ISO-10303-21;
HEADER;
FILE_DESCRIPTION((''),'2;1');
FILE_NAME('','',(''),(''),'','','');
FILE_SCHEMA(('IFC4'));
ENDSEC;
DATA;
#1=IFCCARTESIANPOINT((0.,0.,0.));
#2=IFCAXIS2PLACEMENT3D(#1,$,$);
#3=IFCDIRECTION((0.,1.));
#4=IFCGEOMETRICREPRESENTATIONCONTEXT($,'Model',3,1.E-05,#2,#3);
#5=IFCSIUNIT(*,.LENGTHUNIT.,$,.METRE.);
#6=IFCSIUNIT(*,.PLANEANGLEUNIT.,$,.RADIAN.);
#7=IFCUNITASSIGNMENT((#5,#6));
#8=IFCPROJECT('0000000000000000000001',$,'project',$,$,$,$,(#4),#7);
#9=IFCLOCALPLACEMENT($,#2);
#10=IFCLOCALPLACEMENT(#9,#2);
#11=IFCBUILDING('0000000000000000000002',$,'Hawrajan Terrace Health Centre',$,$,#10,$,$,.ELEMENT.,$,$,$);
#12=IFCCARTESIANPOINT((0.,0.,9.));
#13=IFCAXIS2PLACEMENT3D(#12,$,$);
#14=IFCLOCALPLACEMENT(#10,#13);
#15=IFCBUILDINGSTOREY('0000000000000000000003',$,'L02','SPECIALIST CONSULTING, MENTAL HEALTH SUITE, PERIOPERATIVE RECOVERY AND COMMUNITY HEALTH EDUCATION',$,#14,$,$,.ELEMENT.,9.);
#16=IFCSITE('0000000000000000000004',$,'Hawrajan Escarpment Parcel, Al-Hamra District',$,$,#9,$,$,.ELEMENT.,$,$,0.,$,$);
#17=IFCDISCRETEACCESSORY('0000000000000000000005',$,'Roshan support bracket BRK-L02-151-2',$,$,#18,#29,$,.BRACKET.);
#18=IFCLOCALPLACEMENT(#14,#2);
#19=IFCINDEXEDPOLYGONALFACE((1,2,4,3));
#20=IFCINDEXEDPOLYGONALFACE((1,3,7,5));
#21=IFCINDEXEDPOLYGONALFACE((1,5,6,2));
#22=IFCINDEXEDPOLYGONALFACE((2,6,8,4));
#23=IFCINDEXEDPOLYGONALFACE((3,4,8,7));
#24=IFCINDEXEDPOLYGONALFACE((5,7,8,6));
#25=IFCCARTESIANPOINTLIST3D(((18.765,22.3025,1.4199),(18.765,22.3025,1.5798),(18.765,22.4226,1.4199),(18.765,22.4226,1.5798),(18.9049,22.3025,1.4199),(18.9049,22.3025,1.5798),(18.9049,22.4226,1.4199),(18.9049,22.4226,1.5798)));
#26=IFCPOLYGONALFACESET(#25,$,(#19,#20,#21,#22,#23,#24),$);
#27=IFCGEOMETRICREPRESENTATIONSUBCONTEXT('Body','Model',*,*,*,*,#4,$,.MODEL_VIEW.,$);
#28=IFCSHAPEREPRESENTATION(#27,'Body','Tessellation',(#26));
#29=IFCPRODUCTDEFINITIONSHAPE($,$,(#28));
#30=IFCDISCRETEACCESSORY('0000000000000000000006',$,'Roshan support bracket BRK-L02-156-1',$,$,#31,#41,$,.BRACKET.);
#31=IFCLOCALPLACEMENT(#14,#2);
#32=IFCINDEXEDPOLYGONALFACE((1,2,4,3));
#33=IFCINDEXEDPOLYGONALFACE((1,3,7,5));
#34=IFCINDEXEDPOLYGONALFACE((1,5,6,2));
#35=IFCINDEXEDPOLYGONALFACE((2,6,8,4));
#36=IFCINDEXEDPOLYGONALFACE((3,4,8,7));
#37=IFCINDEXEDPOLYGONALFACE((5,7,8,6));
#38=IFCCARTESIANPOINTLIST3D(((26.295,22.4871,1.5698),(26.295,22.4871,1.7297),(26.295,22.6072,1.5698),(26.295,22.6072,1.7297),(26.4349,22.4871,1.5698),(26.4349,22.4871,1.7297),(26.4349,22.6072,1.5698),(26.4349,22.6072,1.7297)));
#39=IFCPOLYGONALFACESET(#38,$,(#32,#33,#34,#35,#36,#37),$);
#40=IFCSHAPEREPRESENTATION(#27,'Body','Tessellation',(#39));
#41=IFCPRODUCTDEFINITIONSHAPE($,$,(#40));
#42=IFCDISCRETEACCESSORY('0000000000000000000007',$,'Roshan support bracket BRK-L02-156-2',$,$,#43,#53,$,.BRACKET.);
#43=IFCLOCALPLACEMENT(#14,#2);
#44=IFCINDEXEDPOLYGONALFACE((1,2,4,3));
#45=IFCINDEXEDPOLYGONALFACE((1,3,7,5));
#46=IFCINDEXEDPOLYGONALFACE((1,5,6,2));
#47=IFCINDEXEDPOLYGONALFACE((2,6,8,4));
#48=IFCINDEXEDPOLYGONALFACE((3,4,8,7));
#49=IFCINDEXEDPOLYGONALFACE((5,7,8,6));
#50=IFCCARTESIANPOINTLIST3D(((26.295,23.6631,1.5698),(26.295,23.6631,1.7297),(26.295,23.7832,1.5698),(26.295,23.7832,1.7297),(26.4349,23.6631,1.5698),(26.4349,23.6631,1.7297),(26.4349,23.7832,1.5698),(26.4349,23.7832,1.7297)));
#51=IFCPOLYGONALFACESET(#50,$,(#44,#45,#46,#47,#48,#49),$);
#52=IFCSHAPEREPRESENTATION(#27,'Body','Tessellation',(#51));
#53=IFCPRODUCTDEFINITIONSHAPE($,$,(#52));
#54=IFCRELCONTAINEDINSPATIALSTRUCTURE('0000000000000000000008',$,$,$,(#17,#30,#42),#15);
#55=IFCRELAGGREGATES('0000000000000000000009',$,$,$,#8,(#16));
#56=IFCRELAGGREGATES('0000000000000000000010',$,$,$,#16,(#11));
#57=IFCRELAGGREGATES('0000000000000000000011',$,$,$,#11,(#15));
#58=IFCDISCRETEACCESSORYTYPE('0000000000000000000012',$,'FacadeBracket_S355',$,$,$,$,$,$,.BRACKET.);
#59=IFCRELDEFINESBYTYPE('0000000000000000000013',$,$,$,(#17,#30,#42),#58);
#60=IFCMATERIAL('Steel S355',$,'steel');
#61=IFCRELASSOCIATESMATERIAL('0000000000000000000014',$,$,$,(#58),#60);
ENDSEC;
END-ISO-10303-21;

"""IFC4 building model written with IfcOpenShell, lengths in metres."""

from ifc_helpers import new_model, si_unit, direction, frame, origin, origin_2d, place, context, subcontext, project, spatial, rectangle, extrude, material, type_object, element, save


model = new_model("IFC4")

# Units and contexts
model_context = context("Model", 3, precision=1e-05, world=origin(), true_north=direction((0.0, 1.0)))
body_context = subcontext(model_context, "Body", "Model", "MODEL_VIEW")
ifc_project = project(units=[si_unit("LENGTHUNIT", "METRE"), si_unit("PLANEANGLEUNIT", "RADIAN")], contexts=[model_context])

# Site, building, storey
site_placement = place(None, origin())
site = spatial("IfcSite", under=ifc_project, at=site_placement, Name="Hawrajan Escarpment Parcel, Al-Hamra District", CompositionType="ELEMENT", RefElevation=0.0)
building_placement = place(site_placement, origin())
building = spatial("IfcBuilding", under=site, at=building_placement, Name="Hawrajan Terrace Health Centre", CompositionType="ELEMENT")
storey_placement = place(building_placement, frame((0.0, 0.0, 9.0)))
storey = spatial("IfcBuildingStorey", under=building, at=storey_placement, Name="L02", Description="SPECIALIST CONSULTING, MENTAL HEALTH SUITE, PERIOPERATIVE RECOVERY AND COMMUNITY HEALTH EDUCATION", CompositionType="ELEMENT", Elevation=9.0)

# Discrete accessories
ifc_material_1 = material(Name="Steel S355", Category="steel")
discrete_accessory_type = type_object("IfcDiscreteAccessoryType", Name="FacadeBracket_S355", PredefinedType="BRACKET", material=ifc_material_1)
for number, where, z_axis, x_axis, name in (
    (1, (18.835, 22.3625, 1.4199), (0.0, 0.0, 1.0), (0.0, 1.0, 0.0), "Roshan support bracket BRK-L02-151-2"),
    (2, (26.365, 22.5471, 1.5698), (0.0, 0.0, 1.0), (0.0, 1.0, 0.0), "Roshan support bracket BRK-L02-156-1"),
    (3, (26.365, 23.7231, 1.5698), (0.0, 0.0, 1.0), (0.0, 1.0, 0.0), "Roshan support bracket BRK-L02-156-2"),
):
    element("IfcDiscreteAccessory", number, at=place(storey_placement, frame(where, z_axis=z_axis, x_axis=x_axis)), inside=storey, type_object=discrete_accessory_type, Name=name, PredefinedType="BRACKET", context=body_context, shape_type="SweptSolid", body=[
        extrude(rectangle(XDim=0.1201, YDim=0.1399, at=origin_2d()), origin(), (0.0, 0.0, 1.0), 0.1599),
    ])

save(model, "model.ifc")
